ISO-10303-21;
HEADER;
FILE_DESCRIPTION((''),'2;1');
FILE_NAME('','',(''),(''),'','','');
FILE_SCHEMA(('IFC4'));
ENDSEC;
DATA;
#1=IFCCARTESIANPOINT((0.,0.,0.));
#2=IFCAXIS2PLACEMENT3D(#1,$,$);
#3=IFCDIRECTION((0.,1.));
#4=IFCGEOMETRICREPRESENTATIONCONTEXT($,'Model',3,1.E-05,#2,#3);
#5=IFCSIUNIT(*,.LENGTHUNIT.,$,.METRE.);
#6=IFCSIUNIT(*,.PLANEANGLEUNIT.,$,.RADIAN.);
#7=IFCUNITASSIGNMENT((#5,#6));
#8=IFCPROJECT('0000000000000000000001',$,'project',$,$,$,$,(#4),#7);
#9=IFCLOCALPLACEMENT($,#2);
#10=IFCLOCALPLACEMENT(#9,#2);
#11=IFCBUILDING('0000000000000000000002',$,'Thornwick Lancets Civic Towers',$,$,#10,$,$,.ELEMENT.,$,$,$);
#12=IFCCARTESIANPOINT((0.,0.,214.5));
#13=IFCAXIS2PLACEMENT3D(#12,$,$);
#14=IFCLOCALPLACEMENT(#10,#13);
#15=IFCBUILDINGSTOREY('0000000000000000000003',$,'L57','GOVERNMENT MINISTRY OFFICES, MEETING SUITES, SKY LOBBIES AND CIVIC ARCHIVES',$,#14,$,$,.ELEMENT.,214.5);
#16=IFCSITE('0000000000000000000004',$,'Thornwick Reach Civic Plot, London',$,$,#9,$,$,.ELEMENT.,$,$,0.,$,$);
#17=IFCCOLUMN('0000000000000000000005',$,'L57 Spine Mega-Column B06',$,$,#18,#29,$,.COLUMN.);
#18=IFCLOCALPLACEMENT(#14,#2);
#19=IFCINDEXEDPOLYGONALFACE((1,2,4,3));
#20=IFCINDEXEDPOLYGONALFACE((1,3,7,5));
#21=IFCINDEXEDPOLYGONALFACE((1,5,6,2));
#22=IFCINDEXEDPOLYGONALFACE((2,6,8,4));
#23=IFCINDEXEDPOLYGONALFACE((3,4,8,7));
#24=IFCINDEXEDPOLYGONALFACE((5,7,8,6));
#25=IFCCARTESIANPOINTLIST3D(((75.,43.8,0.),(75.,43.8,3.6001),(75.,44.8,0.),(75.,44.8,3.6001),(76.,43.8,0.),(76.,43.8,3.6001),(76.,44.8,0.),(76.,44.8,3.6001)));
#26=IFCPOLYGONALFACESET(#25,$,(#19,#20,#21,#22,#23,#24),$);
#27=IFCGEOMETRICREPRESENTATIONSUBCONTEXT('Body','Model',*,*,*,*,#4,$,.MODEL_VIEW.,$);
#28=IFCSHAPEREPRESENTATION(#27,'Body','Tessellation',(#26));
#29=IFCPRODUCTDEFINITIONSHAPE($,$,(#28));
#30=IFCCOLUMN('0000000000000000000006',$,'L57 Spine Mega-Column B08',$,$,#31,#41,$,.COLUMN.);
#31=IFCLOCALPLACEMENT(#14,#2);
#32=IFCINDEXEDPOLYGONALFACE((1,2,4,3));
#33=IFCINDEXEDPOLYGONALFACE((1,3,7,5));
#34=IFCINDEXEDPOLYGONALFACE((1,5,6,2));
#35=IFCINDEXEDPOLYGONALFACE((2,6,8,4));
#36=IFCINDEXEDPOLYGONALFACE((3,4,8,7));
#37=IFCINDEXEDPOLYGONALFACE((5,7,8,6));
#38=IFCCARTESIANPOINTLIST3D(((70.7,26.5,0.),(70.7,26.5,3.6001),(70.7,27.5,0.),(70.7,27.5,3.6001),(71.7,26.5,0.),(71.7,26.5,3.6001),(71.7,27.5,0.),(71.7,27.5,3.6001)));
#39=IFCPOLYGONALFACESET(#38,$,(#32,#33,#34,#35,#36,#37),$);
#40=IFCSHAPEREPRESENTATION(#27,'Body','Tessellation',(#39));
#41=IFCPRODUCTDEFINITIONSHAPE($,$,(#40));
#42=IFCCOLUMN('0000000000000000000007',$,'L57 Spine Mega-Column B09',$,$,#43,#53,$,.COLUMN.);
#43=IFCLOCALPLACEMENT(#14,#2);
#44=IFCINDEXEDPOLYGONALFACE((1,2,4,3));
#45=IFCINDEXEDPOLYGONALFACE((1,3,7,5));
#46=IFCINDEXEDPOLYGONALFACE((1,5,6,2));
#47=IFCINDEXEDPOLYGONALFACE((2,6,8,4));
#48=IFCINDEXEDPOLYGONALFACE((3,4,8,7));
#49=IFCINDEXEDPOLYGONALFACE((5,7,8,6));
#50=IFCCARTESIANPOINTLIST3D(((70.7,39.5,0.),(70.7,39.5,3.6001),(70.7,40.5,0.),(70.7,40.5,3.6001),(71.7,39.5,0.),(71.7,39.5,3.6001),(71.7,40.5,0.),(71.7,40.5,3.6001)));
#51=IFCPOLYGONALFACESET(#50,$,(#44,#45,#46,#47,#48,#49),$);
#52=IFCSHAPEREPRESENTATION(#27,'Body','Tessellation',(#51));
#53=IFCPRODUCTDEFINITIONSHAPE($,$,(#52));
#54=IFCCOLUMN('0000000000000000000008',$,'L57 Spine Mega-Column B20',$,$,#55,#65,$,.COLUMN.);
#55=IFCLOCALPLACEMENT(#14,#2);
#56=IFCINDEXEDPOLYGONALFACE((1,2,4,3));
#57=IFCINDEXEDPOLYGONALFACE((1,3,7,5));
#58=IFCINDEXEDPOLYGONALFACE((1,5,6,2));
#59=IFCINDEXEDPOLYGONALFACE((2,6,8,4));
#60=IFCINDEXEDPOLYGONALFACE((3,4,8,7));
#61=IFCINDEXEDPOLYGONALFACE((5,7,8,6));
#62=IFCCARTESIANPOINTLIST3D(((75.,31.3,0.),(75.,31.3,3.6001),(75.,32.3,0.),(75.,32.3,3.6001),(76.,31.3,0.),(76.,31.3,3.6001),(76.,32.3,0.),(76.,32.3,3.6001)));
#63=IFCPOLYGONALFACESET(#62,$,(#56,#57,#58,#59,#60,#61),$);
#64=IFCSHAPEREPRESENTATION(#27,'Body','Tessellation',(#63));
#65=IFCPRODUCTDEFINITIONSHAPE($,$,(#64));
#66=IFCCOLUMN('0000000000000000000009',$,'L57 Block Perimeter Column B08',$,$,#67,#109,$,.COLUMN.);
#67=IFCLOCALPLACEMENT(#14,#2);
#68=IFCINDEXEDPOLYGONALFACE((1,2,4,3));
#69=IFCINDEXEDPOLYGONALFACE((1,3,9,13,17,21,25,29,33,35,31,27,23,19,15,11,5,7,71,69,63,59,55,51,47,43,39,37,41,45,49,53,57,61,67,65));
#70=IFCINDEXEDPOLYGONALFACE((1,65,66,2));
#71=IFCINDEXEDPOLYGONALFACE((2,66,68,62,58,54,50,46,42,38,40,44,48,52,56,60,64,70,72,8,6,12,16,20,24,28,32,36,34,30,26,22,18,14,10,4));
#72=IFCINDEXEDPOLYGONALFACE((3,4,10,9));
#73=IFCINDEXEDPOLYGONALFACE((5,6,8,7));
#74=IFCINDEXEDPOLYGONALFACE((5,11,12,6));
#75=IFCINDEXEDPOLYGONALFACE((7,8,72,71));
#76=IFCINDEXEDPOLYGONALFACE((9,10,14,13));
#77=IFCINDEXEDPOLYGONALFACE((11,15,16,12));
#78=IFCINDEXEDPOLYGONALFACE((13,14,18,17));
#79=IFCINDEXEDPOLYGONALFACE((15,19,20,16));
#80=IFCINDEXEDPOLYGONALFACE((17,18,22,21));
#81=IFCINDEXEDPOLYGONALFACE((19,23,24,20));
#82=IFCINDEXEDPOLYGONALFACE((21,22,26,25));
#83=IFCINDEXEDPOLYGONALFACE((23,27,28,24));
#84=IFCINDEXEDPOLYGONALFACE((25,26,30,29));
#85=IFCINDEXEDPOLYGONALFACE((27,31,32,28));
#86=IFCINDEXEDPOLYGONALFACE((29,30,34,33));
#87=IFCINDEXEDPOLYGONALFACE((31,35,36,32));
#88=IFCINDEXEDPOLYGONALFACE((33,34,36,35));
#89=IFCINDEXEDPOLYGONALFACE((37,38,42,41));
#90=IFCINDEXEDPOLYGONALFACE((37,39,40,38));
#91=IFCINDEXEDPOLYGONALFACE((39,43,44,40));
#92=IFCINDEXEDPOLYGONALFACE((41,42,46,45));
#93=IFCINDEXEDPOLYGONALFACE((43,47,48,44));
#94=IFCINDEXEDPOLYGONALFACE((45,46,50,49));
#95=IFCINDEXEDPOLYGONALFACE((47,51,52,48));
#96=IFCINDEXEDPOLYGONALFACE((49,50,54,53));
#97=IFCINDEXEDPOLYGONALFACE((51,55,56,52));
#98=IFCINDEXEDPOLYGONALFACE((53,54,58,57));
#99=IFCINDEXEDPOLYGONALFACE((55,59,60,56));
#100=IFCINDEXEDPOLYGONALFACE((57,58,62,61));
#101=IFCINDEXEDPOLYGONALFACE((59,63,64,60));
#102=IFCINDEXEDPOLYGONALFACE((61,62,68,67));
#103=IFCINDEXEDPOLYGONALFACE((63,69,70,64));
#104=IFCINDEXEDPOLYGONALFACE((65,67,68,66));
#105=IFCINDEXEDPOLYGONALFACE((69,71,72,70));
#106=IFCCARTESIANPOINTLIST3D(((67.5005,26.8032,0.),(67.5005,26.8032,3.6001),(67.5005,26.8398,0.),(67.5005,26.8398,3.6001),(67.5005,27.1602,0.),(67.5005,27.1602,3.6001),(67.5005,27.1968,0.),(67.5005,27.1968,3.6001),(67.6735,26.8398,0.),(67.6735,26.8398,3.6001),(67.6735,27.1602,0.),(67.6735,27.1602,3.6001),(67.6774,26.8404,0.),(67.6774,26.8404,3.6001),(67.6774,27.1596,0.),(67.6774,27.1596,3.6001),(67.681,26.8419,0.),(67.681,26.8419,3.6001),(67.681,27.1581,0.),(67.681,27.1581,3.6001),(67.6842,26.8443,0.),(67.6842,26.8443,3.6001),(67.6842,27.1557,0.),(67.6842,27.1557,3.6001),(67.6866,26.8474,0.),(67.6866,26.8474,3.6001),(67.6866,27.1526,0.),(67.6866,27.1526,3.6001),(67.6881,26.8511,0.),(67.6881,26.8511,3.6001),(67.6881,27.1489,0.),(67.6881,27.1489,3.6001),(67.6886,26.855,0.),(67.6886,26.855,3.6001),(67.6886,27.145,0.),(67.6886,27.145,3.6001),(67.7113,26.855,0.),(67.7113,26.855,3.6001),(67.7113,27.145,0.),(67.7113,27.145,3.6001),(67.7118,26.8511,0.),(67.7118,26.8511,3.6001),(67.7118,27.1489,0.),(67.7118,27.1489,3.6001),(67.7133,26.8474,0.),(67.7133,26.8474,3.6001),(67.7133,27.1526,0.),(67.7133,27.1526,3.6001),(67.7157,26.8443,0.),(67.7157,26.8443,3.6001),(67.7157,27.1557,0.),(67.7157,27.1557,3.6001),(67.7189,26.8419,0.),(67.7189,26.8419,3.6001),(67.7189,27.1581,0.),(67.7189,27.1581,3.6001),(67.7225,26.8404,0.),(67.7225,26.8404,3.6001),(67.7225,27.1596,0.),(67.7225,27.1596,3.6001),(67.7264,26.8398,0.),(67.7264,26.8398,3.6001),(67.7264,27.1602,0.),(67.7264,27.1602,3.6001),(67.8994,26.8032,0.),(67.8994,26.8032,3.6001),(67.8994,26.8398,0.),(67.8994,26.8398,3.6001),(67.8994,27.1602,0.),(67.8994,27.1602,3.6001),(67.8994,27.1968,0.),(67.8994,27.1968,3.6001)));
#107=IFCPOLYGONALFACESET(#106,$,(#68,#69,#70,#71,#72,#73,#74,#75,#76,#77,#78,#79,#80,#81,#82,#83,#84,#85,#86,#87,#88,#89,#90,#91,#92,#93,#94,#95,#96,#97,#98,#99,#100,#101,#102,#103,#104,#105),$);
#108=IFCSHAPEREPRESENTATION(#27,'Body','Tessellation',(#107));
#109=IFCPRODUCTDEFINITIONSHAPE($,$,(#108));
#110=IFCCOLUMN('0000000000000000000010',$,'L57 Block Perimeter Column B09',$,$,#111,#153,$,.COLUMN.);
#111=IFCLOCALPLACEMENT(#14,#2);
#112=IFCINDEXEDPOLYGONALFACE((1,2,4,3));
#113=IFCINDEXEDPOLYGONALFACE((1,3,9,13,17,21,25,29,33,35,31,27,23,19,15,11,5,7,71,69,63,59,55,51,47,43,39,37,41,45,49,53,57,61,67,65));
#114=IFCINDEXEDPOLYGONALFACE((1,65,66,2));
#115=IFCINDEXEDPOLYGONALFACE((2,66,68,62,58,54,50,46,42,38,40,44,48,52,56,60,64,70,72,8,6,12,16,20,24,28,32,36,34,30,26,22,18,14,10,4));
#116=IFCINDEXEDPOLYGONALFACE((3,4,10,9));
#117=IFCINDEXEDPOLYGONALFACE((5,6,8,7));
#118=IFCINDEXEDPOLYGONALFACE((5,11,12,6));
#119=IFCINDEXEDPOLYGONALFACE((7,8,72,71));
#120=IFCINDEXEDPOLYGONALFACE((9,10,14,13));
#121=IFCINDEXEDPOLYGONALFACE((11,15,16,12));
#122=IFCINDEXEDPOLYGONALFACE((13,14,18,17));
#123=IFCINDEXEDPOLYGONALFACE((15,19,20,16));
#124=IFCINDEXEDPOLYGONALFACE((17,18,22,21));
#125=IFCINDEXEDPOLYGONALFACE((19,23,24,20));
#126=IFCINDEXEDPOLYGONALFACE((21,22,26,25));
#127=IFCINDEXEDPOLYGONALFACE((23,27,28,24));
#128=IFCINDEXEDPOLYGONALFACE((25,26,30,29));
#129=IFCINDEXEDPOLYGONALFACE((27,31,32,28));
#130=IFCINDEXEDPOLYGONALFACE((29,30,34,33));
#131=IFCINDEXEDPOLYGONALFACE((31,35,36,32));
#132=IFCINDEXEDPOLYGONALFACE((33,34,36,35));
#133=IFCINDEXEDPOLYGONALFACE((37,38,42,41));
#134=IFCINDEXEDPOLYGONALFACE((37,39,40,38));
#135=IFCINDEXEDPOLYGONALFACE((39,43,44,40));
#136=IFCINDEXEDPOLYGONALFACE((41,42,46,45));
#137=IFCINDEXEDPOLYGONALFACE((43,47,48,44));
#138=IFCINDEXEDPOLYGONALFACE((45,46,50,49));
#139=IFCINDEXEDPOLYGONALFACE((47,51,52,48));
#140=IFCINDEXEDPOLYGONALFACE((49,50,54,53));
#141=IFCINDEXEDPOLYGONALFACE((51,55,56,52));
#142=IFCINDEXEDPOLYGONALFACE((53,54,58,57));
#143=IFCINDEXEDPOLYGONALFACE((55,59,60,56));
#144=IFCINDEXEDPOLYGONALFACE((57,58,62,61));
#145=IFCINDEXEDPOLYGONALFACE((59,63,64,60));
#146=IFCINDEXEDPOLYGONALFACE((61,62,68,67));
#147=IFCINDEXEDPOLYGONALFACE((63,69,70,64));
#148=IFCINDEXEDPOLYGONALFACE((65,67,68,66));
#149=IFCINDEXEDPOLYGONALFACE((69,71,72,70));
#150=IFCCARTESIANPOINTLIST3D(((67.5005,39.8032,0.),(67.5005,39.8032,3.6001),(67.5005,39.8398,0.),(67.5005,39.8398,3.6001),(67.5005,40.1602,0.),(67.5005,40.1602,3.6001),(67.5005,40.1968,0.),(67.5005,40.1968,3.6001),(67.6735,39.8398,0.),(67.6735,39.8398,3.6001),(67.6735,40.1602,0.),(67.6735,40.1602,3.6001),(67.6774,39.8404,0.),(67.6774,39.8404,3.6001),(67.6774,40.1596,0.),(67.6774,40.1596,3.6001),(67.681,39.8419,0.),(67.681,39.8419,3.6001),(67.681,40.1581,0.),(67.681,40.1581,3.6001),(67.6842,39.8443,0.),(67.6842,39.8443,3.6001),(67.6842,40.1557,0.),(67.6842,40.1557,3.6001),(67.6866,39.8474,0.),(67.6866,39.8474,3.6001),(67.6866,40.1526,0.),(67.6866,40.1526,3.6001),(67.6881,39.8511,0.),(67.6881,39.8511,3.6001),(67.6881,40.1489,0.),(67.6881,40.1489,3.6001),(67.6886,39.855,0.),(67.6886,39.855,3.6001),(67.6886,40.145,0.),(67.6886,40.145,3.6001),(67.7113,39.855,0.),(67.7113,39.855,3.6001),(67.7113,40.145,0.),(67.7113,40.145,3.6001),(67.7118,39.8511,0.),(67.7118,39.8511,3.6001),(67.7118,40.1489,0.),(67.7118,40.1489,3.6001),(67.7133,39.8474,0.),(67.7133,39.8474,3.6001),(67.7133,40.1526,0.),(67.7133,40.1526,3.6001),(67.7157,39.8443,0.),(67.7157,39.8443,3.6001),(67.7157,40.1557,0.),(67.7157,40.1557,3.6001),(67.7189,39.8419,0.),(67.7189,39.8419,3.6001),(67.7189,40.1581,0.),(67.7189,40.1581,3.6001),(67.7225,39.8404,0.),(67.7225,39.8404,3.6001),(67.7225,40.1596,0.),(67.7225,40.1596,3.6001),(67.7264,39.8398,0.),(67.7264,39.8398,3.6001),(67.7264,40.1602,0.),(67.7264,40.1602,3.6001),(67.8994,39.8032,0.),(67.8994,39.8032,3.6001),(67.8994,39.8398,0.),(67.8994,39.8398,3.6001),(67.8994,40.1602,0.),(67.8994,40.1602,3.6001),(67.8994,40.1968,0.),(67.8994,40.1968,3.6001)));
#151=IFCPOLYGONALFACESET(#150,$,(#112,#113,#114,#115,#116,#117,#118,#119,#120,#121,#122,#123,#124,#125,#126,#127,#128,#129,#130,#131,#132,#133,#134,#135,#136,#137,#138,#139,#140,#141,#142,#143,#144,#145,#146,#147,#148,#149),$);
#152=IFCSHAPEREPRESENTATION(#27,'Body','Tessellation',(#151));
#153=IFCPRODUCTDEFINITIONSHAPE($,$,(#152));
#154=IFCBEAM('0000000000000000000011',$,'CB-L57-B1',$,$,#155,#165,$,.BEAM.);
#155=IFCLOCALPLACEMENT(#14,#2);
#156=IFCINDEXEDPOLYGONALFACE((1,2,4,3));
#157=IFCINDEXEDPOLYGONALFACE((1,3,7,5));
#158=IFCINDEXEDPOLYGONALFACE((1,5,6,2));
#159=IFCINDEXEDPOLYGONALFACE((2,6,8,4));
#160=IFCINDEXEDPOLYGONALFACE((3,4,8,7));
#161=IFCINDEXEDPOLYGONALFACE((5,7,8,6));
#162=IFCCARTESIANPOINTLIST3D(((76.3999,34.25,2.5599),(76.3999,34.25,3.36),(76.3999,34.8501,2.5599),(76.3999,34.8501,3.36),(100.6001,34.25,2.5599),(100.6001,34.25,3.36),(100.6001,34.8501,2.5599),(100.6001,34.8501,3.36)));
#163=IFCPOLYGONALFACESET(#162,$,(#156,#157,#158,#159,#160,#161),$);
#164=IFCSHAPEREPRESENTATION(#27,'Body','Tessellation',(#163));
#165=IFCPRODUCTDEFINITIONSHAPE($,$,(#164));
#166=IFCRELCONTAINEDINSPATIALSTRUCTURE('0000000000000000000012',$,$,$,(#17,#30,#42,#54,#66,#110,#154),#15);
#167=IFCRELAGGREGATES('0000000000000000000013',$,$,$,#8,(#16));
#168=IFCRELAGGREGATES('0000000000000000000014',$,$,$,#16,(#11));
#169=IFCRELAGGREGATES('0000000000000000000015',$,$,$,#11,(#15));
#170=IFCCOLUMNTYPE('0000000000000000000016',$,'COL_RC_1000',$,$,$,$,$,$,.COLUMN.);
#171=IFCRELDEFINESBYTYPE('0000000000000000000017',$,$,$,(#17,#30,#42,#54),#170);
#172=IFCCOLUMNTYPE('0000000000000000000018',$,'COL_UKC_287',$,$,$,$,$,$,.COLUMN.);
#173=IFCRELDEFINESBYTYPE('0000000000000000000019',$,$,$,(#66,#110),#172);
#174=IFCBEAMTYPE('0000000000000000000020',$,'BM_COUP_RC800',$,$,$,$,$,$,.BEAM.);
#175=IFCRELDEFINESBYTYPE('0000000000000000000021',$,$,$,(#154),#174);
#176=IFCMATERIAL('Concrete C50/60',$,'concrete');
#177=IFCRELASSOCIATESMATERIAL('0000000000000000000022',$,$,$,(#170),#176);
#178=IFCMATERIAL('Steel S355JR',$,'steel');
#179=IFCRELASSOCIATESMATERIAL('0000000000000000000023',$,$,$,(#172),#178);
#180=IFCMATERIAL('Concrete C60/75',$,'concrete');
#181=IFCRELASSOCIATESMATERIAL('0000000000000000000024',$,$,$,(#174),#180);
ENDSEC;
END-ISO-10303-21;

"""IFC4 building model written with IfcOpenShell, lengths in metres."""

from ifc_helpers import new_model, si_unit, direction, frame, origin, origin_2d, place, context, subcontext, project, spatial, rectangle, i_section, extrude, material, material_profile, profile_set, type_object, element, save


model = new_model("IFC4")

# Units and contexts
model_context = context("Model", 3, precision=1e-05, world=origin(), true_north=direction((0.0, 1.0)))
body_context = subcontext(model_context, "Body", "Model", "MODEL_VIEW")
ifc_project = project(units=[si_unit("LENGTHUNIT", "METRE"), si_unit("PLANEANGLEUNIT", "RADIAN")], contexts=[model_context])

# Site, building, storey
site_placement = place(None, origin())
site = spatial("IfcSite", under=ifc_project, at=site_placement, Name="Thornwick Reach Civic Plot, London", CompositionType="ELEMENT", RefElevation=0.0)
building_placement = place(site_placement, origin())
building = spatial("IfcBuilding", under=site, at=building_placement, Name="Thornwick Lancets Civic Towers", CompositionType="ELEMENT")
storey_placement = place(building_placement, frame((0.0, 0.0, 214.5)))
storey = spatial("IfcBuildingStorey", under=building, at=storey_placement, Name="L57", Description="GOVERNMENT MINISTRY OFFICES, MEETING SUITES, SKY LOBBIES AND CIVIC ARCHIVES", CompositionType="ELEMENT", Elevation=214.5)

# Columns
ifc_material_1 = material(Name="Concrete C50/60", Category="concrete")
ifc_material_profile_1 = material_profile(ifc_material_1, rectangle(XDim=1.0, YDim=1.0, at=origin_2d()), Name="RC 1000x1000")
ifc_profile_set_1 = profile_set([ifc_material_profile_1], Name="Concrete C50/60")
column_type_1 = type_object("IfcColumnType", Name="COL_RC_1000", PredefinedType="COLUMN", material=ifc_profile_set_1)
for number, where, z_axis, x_axis, name in (
    (1, (75.5, 44.3, 0.0), (0.0, 0.0, 1.0), (1.0, 0.0, 0.0), "L57 Spine Mega-Column B06"),
    (2, (71.2, 27.0, 0.0), (0.0, 0.0, 1.0), (1.0, 0.0, 0.0), "L57 Spine Mega-Column B08"),
    (3, (71.2, 40.0, 0.0), (0.0, 0.0, 1.0), (1.0, 0.0, 0.0), "L57 Spine Mega-Column B09"),
    (4, (75.5, 31.8, 0.0), (0.0, 0.0, 1.0), (1.0, 0.0, 0.0), "L57 Spine Mega-Column B20"),
):
    element("IfcColumn", number, at=place(storey_placement, frame(where, z_axis=z_axis, x_axis=x_axis)), inside=storey, type_object=column_type_1, Name=name, PredefinedType="COLUMN", context=body_context, shape_type="SweptSolid", body=[
        extrude(rectangle(XDim=1.0, YDim=1.0, at=origin_2d()), origin(), (0.0, 0.0, 1.0), 3.6001),
    ])
ifc_material_2 = material(Name="Steel S355JR", Category="steel")
ifc_material_profile_2 = material_profile(ifc_material_2, i_section(OverallWidth=0.3989, OverallDepth=0.3936, WebThickness=0.0227, FlangeThickness=0.0366, FilletRadius=0.0151, at=origin_2d()), Name="UKC 356x406x287")
ifc_profile_set_2 = profile_set([ifc_material_profile_2], Name="Steel S355JR")
column_type_2 = type_object("IfcColumnType", Name="COL_UKC_287", PredefinedType="COLUMN", material=ifc_profile_set_2)
for number, where, z_axis, x_axis, name in (
    (5, (67.7, 27.0, 0.0), (0.0, 0.0, 1.0), (1.0, 0.0, 0.0), "L57 Block Perimeter Column B08"),
    (6, (67.7, 40.0, 0.0), (0.0, 0.0, 1.0), (1.0, 0.0, 0.0), "L57 Block Perimeter Column B09"),
):
    element("IfcColumn", number, at=place(storey_placement, frame(where, z_axis=z_axis, x_axis=x_axis)), inside=storey, type_object=column_type_2, Name=name, PredefinedType="COLUMN", context=body_context, shape_type="SweptSolid", body=[
        extrude(i_section(OverallWidth=0.3989, OverallDepth=0.3936, WebThickness=0.0227, FlangeThickness=0.0366, FilletRadius=0.0151, at=origin_2d()), origin(), (0.0, 0.0, 1.0), 3.6001),
    ])

# Beam
ifc_material_3 = material(Name="Concrete C60/75", Category="concrete")
ifc_material_profile_3 = material_profile(ifc_material_3, rectangle(XDim=0.6001, YDim=0.8, at=origin_2d()), Name="RC 600x800")
ifc_profile_set_3 = profile_set([ifc_material_profile_3], Name="Concrete C60/75")
beam_type_1 = type_object("IfcBeamType", Name="BM_COUP_RC800", PredefinedType="BEAM", material=ifc_profile_set_3)
beam_1_placement = place(storey_placement, frame((76.3999, 34.55, 2.96), z_axis=(1.0, 0.0, 0.0), x_axis=(0.0, 1.0, 0.0)))
element("IfcBeam", 7, at=beam_1_placement, inside=storey, type_object=beam_type_1, Name="CB-L57-B1", PredefinedType="BEAM", context=body_context, shape_type="SweptSolid", body=[
    extrude(rectangle(XDim=0.6001, YDim=0.8, at=origin_2d()), origin(), (0.0, 0.0, 1.0), 24.2002),
])

save(model, "model.ifc")
